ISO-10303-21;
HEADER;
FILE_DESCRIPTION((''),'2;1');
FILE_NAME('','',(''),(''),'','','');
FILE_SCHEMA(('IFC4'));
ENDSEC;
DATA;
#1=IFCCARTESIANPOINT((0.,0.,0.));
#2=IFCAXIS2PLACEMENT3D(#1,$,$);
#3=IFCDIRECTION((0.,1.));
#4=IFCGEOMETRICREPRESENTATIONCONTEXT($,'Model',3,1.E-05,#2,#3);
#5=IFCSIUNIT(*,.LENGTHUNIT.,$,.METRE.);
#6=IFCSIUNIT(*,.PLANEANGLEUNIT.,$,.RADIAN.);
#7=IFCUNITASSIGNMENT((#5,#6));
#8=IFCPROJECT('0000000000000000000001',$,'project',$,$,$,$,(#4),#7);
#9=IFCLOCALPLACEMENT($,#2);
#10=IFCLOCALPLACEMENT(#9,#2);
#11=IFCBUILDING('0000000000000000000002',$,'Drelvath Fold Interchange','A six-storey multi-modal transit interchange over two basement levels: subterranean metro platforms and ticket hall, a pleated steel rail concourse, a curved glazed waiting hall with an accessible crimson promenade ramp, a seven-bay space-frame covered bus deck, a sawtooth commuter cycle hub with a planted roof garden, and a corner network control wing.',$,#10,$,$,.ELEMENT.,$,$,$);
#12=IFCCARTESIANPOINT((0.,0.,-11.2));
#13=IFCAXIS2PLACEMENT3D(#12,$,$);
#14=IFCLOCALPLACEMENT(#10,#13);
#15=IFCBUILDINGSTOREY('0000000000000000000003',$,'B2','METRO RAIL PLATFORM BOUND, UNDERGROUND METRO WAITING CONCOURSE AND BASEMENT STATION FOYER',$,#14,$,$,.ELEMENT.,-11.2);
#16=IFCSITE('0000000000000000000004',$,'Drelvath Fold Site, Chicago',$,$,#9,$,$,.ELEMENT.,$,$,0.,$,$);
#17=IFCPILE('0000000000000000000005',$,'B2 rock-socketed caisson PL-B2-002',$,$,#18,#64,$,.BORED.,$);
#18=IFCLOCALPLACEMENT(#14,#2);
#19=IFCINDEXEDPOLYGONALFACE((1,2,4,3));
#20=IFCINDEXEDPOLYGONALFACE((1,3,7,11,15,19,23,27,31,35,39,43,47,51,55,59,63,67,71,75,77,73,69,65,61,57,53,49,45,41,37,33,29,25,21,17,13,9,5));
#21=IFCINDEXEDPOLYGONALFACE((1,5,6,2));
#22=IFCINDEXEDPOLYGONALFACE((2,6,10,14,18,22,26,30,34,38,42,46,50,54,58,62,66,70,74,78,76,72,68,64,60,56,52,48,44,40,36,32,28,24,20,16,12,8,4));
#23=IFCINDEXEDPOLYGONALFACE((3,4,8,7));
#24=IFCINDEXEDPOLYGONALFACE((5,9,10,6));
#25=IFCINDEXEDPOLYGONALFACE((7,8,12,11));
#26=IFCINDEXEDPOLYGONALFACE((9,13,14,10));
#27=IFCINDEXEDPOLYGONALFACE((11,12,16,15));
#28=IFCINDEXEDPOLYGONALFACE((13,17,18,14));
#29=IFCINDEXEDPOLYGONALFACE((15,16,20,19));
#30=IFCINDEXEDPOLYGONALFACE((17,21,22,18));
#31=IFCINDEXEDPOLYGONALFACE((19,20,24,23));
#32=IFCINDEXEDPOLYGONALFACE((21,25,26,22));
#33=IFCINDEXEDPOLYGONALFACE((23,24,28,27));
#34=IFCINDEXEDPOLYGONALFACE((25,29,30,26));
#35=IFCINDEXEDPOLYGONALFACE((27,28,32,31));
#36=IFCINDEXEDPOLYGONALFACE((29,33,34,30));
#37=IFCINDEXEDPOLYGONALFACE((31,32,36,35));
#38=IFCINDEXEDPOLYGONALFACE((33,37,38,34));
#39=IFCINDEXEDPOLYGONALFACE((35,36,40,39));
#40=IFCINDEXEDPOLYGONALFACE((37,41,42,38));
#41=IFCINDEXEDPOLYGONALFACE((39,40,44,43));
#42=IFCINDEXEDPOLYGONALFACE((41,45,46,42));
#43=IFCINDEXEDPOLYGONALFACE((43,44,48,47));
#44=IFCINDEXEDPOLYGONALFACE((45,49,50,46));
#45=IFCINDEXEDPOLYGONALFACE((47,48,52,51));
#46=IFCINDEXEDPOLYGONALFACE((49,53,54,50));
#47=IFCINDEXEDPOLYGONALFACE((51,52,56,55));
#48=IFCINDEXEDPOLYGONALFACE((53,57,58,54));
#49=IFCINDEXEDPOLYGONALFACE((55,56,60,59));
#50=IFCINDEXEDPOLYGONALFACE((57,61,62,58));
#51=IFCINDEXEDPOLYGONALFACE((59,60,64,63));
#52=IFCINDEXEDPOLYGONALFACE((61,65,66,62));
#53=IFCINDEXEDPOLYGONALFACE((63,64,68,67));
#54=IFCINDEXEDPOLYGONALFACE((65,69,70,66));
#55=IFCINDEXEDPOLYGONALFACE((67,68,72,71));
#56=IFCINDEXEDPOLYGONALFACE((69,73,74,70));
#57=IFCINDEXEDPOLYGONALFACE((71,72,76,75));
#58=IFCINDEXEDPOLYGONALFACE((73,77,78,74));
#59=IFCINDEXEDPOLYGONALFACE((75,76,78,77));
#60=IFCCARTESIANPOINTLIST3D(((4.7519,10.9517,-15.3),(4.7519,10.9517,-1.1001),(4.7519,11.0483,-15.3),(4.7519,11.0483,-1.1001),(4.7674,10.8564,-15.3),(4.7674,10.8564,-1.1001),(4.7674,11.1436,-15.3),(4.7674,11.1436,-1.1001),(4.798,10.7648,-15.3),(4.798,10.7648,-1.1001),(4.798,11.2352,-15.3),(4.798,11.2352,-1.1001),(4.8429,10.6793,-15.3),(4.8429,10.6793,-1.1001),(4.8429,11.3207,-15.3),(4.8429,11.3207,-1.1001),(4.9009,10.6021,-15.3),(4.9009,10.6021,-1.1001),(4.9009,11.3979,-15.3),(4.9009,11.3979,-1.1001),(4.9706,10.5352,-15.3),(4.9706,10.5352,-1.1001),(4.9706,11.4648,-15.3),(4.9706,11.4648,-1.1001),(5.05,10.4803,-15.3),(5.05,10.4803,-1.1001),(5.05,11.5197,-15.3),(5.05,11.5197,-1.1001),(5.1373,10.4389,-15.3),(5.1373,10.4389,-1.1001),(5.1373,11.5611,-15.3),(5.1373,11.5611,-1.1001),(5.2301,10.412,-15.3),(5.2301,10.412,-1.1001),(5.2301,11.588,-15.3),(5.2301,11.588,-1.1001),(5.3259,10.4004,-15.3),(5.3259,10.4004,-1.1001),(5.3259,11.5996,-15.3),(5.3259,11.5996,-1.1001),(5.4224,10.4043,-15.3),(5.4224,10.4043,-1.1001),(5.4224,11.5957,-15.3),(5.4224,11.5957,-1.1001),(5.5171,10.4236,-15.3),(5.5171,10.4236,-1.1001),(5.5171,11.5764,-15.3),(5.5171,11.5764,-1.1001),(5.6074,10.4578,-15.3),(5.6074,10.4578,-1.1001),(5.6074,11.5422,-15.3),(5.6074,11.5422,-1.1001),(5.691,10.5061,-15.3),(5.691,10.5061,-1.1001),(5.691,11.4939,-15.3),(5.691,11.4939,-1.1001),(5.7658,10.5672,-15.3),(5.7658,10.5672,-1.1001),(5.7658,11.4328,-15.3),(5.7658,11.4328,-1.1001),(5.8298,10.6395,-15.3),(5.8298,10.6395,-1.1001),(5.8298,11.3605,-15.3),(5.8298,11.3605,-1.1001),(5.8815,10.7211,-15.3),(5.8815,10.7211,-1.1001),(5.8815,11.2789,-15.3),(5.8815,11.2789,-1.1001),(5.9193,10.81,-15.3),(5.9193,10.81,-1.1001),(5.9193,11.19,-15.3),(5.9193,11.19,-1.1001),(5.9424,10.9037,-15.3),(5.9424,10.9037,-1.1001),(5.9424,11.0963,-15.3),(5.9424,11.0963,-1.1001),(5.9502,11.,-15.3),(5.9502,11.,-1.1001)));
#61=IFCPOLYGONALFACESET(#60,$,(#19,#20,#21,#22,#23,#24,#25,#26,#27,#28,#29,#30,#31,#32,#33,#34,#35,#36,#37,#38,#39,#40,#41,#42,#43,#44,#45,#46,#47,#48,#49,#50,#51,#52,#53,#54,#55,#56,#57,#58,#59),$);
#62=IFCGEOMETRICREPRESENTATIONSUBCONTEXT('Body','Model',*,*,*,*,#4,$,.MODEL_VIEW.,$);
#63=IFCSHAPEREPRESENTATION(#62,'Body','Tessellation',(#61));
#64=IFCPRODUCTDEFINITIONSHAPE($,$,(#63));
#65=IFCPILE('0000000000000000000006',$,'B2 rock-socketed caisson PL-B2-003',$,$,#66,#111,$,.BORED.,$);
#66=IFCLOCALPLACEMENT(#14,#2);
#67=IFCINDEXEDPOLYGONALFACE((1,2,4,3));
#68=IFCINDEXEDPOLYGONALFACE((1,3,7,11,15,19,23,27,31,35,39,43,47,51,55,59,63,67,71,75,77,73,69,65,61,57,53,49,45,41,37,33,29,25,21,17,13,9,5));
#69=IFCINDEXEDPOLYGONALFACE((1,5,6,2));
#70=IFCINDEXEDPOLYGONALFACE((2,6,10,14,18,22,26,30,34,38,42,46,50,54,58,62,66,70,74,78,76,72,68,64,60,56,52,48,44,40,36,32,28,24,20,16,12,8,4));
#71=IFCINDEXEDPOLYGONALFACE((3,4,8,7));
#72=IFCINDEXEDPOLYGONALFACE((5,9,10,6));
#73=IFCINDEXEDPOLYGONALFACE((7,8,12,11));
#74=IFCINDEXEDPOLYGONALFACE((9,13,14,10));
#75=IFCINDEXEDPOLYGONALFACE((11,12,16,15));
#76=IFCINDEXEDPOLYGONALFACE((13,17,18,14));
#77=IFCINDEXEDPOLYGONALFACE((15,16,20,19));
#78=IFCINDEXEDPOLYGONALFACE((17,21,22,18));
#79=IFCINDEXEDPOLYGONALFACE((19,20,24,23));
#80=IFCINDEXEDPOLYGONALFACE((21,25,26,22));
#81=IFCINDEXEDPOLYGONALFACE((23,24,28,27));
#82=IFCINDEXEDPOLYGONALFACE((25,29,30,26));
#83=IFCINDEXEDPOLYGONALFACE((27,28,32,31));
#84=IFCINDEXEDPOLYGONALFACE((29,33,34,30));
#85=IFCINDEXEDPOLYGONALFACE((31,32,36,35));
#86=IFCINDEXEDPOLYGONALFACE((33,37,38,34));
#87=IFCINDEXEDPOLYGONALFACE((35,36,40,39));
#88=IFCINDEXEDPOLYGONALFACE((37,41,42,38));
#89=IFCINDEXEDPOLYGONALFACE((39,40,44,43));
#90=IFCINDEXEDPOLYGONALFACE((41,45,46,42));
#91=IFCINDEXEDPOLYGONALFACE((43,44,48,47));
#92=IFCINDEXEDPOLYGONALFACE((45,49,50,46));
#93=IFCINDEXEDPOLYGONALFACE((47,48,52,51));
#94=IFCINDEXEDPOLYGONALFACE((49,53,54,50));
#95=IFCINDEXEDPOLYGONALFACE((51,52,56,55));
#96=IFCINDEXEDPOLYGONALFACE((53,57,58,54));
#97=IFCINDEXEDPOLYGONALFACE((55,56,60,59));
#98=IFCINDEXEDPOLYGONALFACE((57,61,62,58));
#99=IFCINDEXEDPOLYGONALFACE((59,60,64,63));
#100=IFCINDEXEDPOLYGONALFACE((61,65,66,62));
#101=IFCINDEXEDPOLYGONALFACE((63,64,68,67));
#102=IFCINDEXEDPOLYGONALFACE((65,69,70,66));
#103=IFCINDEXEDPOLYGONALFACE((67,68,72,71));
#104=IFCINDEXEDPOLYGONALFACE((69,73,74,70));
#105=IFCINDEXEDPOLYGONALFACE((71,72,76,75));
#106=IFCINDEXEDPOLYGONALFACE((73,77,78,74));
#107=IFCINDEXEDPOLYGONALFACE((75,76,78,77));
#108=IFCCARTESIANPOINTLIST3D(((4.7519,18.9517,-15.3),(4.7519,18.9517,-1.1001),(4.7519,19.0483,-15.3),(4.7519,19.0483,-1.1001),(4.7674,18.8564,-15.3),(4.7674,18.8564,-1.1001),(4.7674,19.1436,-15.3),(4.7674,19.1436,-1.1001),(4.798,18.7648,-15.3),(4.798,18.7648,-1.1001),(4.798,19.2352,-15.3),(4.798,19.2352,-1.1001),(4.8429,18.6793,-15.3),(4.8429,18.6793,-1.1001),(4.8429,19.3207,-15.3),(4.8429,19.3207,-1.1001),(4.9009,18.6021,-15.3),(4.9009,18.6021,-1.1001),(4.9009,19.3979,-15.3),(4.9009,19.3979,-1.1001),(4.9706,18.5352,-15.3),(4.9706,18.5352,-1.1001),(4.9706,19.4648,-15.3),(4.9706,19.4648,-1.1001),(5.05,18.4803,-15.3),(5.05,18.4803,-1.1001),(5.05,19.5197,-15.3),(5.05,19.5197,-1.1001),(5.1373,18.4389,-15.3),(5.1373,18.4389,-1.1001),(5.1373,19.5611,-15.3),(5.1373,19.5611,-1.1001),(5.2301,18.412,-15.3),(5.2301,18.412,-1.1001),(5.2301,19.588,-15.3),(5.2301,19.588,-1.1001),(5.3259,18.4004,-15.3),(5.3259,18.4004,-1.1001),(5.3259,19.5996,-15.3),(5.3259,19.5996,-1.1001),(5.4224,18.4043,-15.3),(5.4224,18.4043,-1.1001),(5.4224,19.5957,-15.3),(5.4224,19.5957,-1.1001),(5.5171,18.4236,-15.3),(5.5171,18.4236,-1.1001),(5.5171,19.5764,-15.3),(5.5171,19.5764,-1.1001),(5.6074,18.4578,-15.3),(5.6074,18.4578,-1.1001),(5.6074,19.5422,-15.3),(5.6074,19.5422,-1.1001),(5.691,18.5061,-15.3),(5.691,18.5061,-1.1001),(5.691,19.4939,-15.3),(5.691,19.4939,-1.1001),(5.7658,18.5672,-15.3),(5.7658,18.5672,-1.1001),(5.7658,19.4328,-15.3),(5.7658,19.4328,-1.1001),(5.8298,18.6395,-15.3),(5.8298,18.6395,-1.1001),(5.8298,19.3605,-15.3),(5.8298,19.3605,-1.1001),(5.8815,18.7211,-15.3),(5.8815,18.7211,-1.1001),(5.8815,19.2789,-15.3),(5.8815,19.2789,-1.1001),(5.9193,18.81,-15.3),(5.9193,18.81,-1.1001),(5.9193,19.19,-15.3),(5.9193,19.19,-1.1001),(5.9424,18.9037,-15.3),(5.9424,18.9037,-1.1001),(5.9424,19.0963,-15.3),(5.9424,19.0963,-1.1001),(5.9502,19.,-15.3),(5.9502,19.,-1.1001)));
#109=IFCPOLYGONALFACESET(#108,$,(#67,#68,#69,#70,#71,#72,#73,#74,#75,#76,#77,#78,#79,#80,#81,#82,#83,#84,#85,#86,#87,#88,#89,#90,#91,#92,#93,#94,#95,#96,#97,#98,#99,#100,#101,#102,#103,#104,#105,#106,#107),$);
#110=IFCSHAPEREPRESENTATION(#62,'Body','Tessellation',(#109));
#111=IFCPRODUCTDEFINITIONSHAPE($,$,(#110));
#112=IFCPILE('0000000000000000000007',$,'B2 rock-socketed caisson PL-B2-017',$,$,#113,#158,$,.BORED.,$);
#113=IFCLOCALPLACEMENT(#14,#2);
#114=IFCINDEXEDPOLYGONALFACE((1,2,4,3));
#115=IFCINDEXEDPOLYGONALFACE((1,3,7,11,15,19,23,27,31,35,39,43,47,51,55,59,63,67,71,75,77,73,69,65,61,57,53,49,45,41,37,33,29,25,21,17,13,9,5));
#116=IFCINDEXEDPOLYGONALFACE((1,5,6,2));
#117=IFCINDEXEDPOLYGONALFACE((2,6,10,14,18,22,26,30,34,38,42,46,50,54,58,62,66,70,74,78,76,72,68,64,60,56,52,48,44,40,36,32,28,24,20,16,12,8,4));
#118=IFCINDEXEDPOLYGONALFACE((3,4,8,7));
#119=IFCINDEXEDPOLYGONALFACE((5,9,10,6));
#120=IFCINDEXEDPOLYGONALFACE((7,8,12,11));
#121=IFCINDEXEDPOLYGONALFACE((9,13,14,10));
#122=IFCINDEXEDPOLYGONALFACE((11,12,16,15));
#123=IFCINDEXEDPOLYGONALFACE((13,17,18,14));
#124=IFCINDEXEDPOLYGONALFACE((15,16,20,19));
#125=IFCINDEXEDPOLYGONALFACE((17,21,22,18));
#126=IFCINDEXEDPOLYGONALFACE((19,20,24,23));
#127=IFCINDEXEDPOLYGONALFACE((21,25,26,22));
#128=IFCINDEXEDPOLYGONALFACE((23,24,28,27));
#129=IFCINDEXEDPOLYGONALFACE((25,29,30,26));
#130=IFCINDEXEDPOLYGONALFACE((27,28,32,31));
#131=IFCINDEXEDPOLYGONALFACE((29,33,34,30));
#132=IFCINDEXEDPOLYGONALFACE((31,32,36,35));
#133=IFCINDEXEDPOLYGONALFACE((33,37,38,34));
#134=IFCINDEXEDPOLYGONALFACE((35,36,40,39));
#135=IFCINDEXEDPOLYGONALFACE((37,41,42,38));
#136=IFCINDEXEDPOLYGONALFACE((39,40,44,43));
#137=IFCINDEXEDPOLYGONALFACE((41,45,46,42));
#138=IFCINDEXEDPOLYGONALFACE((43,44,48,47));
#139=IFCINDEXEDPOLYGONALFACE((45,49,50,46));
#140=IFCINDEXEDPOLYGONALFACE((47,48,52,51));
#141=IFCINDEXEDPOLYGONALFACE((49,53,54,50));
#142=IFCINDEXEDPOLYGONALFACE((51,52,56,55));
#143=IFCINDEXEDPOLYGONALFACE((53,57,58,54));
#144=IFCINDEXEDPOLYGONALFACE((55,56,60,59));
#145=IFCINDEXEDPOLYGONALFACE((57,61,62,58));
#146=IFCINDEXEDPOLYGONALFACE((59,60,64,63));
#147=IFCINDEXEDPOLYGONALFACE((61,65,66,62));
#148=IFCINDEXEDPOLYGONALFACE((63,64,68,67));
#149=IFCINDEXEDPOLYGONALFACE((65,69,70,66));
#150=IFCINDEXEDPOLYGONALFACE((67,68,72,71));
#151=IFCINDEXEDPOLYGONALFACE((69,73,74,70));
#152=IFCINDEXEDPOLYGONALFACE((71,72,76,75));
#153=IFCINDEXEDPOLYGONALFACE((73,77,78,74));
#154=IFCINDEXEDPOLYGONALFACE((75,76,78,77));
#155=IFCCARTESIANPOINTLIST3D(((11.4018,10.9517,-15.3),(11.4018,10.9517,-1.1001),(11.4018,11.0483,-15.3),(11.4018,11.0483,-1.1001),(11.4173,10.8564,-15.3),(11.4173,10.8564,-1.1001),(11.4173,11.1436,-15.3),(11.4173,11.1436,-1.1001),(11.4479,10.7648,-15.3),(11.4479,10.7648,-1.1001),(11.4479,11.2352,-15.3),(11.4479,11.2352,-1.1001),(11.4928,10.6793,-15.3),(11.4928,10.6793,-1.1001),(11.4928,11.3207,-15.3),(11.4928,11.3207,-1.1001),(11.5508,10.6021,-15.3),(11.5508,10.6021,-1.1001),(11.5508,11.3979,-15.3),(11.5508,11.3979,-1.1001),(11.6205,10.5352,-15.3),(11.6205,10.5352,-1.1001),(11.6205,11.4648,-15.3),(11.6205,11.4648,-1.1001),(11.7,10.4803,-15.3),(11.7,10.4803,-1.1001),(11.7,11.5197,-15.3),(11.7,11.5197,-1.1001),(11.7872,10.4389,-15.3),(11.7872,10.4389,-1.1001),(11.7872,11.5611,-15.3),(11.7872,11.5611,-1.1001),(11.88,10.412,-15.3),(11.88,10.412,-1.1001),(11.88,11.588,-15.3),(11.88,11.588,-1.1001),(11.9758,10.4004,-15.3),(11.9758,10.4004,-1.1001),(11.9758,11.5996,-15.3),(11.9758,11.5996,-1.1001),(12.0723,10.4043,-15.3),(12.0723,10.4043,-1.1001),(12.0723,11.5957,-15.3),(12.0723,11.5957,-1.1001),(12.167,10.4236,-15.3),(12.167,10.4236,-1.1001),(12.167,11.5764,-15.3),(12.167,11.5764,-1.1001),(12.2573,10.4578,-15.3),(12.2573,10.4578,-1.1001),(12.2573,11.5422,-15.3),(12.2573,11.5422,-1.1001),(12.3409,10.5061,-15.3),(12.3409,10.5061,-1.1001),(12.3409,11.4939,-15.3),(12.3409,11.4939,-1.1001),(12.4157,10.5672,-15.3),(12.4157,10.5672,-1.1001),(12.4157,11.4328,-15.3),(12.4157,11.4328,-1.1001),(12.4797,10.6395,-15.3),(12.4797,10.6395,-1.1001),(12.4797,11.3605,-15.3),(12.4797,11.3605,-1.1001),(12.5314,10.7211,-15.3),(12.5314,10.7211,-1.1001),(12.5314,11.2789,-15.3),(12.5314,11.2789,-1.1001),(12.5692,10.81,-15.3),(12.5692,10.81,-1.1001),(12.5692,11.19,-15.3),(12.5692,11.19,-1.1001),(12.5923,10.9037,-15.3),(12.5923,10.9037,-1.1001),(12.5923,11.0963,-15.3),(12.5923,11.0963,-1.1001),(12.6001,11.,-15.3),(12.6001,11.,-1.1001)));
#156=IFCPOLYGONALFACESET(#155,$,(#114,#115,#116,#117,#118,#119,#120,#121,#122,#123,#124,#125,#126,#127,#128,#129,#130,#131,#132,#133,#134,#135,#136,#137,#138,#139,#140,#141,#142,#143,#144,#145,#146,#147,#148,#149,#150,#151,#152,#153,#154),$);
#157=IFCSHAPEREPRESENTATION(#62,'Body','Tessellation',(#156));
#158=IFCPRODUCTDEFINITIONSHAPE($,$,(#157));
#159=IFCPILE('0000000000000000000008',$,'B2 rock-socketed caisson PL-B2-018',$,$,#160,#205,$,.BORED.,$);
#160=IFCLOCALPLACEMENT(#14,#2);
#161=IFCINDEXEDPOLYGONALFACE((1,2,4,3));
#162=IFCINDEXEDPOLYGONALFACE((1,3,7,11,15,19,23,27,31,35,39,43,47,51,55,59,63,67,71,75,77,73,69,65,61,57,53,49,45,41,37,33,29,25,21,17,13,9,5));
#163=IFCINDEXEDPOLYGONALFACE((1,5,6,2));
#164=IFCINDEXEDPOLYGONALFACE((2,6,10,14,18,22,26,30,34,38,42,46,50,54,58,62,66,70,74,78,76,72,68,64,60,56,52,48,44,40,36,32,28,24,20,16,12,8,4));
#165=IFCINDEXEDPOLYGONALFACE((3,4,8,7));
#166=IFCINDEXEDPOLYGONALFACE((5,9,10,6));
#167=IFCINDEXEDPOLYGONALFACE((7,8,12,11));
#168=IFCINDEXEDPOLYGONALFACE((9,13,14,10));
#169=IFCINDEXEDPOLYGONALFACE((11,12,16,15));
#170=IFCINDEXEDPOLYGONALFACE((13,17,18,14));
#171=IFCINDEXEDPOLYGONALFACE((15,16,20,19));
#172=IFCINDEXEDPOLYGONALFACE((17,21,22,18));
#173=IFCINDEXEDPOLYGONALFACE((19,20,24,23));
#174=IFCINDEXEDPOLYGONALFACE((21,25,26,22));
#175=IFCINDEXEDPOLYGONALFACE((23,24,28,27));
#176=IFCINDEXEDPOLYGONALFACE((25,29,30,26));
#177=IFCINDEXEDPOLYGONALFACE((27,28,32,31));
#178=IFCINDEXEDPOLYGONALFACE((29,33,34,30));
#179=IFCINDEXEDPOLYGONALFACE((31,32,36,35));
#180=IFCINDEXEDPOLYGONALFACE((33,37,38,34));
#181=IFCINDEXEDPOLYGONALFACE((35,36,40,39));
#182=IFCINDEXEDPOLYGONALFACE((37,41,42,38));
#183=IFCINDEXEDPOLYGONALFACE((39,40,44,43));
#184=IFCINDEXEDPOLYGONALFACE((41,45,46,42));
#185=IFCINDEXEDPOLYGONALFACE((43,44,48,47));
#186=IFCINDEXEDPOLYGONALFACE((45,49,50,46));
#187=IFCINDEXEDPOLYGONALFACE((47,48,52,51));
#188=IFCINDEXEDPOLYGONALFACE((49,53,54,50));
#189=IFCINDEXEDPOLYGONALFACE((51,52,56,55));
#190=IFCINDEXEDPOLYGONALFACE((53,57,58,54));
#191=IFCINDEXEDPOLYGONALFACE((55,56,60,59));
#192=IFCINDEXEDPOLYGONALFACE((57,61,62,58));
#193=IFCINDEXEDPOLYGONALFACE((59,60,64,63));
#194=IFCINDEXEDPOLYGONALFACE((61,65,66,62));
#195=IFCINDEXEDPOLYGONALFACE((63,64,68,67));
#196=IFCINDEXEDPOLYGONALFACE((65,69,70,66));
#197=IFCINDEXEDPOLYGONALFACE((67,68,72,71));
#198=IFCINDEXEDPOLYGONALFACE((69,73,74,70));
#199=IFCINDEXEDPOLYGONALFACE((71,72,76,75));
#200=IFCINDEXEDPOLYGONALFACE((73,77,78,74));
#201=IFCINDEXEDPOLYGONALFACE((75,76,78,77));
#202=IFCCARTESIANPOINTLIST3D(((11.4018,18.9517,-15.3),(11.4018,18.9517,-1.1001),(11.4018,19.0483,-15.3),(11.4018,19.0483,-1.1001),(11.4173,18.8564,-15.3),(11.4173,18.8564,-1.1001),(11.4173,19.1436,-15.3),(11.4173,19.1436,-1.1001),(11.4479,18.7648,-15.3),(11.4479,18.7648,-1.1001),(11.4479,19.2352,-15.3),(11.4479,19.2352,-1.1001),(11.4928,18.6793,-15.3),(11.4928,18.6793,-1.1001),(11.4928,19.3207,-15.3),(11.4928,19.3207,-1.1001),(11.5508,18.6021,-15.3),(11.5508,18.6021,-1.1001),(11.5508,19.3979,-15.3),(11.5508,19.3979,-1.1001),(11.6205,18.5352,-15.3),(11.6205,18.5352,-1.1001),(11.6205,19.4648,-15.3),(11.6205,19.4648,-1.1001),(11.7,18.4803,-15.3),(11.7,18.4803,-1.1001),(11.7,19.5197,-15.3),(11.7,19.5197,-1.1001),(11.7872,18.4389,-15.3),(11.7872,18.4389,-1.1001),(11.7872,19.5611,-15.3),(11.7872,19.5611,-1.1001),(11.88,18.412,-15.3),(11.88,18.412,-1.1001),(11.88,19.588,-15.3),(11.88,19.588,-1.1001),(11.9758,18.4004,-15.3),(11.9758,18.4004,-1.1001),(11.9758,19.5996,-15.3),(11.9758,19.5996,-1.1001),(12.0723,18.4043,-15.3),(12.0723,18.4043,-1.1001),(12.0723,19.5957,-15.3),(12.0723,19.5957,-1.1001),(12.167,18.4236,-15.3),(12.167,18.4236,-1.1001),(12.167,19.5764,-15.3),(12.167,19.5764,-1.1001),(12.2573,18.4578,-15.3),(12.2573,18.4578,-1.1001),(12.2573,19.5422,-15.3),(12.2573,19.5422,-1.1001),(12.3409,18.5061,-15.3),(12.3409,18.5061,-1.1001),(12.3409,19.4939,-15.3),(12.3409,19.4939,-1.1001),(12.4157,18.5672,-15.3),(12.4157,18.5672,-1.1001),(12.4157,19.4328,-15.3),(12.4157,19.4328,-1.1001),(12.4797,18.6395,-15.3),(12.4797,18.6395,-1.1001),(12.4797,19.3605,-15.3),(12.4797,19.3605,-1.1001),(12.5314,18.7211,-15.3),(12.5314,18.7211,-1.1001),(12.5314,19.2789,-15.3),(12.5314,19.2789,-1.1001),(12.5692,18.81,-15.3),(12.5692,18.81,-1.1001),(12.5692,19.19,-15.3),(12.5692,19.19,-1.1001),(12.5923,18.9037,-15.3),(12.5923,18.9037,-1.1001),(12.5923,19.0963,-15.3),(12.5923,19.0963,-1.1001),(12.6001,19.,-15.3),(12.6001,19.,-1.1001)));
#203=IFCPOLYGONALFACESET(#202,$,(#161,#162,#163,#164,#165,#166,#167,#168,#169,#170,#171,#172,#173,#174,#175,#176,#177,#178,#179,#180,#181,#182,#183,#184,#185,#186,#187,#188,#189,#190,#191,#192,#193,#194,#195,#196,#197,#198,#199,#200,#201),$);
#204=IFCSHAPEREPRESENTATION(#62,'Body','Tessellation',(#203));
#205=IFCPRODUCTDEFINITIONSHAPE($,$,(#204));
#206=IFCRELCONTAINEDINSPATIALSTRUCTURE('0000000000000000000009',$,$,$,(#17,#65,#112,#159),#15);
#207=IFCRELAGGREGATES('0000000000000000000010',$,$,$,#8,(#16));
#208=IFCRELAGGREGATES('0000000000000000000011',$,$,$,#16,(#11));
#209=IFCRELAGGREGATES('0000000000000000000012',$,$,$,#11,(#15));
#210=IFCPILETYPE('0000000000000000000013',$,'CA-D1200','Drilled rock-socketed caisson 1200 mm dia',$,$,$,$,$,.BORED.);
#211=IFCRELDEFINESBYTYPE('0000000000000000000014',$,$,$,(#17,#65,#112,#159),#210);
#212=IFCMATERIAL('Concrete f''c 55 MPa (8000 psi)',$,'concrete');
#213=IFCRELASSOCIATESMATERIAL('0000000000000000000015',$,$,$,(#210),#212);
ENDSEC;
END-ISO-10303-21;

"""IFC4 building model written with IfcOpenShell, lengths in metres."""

from ifc_helpers import new_model, si_unit, direction, frame, origin, origin_2d, place, context, subcontext, project, spatial, circle, extrude, material, material_profile, profile_set, type_object, element, save


model = new_model("IFC4")

# Units and contexts
model_context = context("Model", 3, precision=1e-05, world=origin(), true_north=direction((0.0, 1.0)))
body_context = subcontext(model_context, "Body", "Model", "MODEL_VIEW")
ifc_project = project(units=[si_unit("LENGTHUNIT", "METRE"), si_unit("PLANEANGLEUNIT", "RADIAN")], contexts=[model_context])

# Site, building, storey
site_placement = place(None, origin())
site = spatial("IfcSite", under=ifc_project, at=site_placement, Name="Drelvath Fold Site, Chicago", CompositionType="ELEMENT", RefElevation=0.0)
building_placement = place(site_placement, origin())
building = spatial("IfcBuilding", under=site, at=building_placement, Name="Drelvath Fold Interchange", Description="A six-storey multi-modal transit interchange over two basement levels: subterranean metro platforms and ticket hall, a pleated steel rail concourse, a curved glazed waiting hall with an accessible crimson promenade ramp, a seven-bay space-frame covered bus deck, a sawtooth commuter cycle hub with a planted roof garden, and a corner network control wing.", CompositionType="ELEMENT")
storey_placement = place(building_placement, frame((0.0, 0.0, -11.2)))
storey = spatial("IfcBuildingStorey", under=building, at=storey_placement, Name="B2", Description="METRO RAIL PLATFORM BOUND, UNDERGROUND METRO WAITING CONCOURSE AND BASEMENT STATION FOYER", CompositionType="ELEMENT", Elevation=-11.2)

# Piles
ifc_material_1 = material(Name="Concrete f'c 55 MPa (8000 psi)", Category="concrete")
ifc_material_profile_1 = material_profile(ifc_material_1, circle(Radius=0.6001, at=origin_2d()), Name="CAISSON D1200")
ifc_profile_set_1 = profile_set([ifc_material_profile_1], Name="Concrete f'c 55 MPa (8000 psi)")
pile_type = type_object("IfcPileType", Name="CA-D1200", Description="Drilled rock-socketed caisson 1200 mm dia", PredefinedType="BORED", material=ifc_profile_set_1)
for number, where, z_axis, x_axis, name in (
    (1, (5.3501, 11.0, -1.1001), (0.0, 0.0, -1.0), (1.0, 0.0, 0.0), "B2 rock-socketed caisson PL-B2-002"),
    (2, (5.3501, 19.0, -1.1001), (0.0, 0.0, -1.0), (1.0, 0.0, 0.0), "B2 rock-socketed caisson PL-B2-003"),
    (3, (12.0, 11.0, -1.1001), (0.0, 0.0, -1.0), (1.0, 0.0, 0.0), "B2 rock-socketed caisson PL-B2-017"),
    (4, (12.0, 19.0, -1.1001), (0.0, 0.0, -1.0), (1.0, 0.0, 0.0), "B2 rock-socketed caisson PL-B2-018"),
):
    element("IfcPile", number, at=place(storey_placement, frame(where, z_axis=z_axis, x_axis=x_axis)), inside=storey, type_object=pile_type, Name=name, PredefinedType="BORED", context=body_context, shape_type="SweptSolid", body=[
        extrude(circle(Radius=0.6001, at=origin_2d()), origin(), (0.0, 0.0, 1.0), 14.2),
    ])

save(model, "model.ifc")
